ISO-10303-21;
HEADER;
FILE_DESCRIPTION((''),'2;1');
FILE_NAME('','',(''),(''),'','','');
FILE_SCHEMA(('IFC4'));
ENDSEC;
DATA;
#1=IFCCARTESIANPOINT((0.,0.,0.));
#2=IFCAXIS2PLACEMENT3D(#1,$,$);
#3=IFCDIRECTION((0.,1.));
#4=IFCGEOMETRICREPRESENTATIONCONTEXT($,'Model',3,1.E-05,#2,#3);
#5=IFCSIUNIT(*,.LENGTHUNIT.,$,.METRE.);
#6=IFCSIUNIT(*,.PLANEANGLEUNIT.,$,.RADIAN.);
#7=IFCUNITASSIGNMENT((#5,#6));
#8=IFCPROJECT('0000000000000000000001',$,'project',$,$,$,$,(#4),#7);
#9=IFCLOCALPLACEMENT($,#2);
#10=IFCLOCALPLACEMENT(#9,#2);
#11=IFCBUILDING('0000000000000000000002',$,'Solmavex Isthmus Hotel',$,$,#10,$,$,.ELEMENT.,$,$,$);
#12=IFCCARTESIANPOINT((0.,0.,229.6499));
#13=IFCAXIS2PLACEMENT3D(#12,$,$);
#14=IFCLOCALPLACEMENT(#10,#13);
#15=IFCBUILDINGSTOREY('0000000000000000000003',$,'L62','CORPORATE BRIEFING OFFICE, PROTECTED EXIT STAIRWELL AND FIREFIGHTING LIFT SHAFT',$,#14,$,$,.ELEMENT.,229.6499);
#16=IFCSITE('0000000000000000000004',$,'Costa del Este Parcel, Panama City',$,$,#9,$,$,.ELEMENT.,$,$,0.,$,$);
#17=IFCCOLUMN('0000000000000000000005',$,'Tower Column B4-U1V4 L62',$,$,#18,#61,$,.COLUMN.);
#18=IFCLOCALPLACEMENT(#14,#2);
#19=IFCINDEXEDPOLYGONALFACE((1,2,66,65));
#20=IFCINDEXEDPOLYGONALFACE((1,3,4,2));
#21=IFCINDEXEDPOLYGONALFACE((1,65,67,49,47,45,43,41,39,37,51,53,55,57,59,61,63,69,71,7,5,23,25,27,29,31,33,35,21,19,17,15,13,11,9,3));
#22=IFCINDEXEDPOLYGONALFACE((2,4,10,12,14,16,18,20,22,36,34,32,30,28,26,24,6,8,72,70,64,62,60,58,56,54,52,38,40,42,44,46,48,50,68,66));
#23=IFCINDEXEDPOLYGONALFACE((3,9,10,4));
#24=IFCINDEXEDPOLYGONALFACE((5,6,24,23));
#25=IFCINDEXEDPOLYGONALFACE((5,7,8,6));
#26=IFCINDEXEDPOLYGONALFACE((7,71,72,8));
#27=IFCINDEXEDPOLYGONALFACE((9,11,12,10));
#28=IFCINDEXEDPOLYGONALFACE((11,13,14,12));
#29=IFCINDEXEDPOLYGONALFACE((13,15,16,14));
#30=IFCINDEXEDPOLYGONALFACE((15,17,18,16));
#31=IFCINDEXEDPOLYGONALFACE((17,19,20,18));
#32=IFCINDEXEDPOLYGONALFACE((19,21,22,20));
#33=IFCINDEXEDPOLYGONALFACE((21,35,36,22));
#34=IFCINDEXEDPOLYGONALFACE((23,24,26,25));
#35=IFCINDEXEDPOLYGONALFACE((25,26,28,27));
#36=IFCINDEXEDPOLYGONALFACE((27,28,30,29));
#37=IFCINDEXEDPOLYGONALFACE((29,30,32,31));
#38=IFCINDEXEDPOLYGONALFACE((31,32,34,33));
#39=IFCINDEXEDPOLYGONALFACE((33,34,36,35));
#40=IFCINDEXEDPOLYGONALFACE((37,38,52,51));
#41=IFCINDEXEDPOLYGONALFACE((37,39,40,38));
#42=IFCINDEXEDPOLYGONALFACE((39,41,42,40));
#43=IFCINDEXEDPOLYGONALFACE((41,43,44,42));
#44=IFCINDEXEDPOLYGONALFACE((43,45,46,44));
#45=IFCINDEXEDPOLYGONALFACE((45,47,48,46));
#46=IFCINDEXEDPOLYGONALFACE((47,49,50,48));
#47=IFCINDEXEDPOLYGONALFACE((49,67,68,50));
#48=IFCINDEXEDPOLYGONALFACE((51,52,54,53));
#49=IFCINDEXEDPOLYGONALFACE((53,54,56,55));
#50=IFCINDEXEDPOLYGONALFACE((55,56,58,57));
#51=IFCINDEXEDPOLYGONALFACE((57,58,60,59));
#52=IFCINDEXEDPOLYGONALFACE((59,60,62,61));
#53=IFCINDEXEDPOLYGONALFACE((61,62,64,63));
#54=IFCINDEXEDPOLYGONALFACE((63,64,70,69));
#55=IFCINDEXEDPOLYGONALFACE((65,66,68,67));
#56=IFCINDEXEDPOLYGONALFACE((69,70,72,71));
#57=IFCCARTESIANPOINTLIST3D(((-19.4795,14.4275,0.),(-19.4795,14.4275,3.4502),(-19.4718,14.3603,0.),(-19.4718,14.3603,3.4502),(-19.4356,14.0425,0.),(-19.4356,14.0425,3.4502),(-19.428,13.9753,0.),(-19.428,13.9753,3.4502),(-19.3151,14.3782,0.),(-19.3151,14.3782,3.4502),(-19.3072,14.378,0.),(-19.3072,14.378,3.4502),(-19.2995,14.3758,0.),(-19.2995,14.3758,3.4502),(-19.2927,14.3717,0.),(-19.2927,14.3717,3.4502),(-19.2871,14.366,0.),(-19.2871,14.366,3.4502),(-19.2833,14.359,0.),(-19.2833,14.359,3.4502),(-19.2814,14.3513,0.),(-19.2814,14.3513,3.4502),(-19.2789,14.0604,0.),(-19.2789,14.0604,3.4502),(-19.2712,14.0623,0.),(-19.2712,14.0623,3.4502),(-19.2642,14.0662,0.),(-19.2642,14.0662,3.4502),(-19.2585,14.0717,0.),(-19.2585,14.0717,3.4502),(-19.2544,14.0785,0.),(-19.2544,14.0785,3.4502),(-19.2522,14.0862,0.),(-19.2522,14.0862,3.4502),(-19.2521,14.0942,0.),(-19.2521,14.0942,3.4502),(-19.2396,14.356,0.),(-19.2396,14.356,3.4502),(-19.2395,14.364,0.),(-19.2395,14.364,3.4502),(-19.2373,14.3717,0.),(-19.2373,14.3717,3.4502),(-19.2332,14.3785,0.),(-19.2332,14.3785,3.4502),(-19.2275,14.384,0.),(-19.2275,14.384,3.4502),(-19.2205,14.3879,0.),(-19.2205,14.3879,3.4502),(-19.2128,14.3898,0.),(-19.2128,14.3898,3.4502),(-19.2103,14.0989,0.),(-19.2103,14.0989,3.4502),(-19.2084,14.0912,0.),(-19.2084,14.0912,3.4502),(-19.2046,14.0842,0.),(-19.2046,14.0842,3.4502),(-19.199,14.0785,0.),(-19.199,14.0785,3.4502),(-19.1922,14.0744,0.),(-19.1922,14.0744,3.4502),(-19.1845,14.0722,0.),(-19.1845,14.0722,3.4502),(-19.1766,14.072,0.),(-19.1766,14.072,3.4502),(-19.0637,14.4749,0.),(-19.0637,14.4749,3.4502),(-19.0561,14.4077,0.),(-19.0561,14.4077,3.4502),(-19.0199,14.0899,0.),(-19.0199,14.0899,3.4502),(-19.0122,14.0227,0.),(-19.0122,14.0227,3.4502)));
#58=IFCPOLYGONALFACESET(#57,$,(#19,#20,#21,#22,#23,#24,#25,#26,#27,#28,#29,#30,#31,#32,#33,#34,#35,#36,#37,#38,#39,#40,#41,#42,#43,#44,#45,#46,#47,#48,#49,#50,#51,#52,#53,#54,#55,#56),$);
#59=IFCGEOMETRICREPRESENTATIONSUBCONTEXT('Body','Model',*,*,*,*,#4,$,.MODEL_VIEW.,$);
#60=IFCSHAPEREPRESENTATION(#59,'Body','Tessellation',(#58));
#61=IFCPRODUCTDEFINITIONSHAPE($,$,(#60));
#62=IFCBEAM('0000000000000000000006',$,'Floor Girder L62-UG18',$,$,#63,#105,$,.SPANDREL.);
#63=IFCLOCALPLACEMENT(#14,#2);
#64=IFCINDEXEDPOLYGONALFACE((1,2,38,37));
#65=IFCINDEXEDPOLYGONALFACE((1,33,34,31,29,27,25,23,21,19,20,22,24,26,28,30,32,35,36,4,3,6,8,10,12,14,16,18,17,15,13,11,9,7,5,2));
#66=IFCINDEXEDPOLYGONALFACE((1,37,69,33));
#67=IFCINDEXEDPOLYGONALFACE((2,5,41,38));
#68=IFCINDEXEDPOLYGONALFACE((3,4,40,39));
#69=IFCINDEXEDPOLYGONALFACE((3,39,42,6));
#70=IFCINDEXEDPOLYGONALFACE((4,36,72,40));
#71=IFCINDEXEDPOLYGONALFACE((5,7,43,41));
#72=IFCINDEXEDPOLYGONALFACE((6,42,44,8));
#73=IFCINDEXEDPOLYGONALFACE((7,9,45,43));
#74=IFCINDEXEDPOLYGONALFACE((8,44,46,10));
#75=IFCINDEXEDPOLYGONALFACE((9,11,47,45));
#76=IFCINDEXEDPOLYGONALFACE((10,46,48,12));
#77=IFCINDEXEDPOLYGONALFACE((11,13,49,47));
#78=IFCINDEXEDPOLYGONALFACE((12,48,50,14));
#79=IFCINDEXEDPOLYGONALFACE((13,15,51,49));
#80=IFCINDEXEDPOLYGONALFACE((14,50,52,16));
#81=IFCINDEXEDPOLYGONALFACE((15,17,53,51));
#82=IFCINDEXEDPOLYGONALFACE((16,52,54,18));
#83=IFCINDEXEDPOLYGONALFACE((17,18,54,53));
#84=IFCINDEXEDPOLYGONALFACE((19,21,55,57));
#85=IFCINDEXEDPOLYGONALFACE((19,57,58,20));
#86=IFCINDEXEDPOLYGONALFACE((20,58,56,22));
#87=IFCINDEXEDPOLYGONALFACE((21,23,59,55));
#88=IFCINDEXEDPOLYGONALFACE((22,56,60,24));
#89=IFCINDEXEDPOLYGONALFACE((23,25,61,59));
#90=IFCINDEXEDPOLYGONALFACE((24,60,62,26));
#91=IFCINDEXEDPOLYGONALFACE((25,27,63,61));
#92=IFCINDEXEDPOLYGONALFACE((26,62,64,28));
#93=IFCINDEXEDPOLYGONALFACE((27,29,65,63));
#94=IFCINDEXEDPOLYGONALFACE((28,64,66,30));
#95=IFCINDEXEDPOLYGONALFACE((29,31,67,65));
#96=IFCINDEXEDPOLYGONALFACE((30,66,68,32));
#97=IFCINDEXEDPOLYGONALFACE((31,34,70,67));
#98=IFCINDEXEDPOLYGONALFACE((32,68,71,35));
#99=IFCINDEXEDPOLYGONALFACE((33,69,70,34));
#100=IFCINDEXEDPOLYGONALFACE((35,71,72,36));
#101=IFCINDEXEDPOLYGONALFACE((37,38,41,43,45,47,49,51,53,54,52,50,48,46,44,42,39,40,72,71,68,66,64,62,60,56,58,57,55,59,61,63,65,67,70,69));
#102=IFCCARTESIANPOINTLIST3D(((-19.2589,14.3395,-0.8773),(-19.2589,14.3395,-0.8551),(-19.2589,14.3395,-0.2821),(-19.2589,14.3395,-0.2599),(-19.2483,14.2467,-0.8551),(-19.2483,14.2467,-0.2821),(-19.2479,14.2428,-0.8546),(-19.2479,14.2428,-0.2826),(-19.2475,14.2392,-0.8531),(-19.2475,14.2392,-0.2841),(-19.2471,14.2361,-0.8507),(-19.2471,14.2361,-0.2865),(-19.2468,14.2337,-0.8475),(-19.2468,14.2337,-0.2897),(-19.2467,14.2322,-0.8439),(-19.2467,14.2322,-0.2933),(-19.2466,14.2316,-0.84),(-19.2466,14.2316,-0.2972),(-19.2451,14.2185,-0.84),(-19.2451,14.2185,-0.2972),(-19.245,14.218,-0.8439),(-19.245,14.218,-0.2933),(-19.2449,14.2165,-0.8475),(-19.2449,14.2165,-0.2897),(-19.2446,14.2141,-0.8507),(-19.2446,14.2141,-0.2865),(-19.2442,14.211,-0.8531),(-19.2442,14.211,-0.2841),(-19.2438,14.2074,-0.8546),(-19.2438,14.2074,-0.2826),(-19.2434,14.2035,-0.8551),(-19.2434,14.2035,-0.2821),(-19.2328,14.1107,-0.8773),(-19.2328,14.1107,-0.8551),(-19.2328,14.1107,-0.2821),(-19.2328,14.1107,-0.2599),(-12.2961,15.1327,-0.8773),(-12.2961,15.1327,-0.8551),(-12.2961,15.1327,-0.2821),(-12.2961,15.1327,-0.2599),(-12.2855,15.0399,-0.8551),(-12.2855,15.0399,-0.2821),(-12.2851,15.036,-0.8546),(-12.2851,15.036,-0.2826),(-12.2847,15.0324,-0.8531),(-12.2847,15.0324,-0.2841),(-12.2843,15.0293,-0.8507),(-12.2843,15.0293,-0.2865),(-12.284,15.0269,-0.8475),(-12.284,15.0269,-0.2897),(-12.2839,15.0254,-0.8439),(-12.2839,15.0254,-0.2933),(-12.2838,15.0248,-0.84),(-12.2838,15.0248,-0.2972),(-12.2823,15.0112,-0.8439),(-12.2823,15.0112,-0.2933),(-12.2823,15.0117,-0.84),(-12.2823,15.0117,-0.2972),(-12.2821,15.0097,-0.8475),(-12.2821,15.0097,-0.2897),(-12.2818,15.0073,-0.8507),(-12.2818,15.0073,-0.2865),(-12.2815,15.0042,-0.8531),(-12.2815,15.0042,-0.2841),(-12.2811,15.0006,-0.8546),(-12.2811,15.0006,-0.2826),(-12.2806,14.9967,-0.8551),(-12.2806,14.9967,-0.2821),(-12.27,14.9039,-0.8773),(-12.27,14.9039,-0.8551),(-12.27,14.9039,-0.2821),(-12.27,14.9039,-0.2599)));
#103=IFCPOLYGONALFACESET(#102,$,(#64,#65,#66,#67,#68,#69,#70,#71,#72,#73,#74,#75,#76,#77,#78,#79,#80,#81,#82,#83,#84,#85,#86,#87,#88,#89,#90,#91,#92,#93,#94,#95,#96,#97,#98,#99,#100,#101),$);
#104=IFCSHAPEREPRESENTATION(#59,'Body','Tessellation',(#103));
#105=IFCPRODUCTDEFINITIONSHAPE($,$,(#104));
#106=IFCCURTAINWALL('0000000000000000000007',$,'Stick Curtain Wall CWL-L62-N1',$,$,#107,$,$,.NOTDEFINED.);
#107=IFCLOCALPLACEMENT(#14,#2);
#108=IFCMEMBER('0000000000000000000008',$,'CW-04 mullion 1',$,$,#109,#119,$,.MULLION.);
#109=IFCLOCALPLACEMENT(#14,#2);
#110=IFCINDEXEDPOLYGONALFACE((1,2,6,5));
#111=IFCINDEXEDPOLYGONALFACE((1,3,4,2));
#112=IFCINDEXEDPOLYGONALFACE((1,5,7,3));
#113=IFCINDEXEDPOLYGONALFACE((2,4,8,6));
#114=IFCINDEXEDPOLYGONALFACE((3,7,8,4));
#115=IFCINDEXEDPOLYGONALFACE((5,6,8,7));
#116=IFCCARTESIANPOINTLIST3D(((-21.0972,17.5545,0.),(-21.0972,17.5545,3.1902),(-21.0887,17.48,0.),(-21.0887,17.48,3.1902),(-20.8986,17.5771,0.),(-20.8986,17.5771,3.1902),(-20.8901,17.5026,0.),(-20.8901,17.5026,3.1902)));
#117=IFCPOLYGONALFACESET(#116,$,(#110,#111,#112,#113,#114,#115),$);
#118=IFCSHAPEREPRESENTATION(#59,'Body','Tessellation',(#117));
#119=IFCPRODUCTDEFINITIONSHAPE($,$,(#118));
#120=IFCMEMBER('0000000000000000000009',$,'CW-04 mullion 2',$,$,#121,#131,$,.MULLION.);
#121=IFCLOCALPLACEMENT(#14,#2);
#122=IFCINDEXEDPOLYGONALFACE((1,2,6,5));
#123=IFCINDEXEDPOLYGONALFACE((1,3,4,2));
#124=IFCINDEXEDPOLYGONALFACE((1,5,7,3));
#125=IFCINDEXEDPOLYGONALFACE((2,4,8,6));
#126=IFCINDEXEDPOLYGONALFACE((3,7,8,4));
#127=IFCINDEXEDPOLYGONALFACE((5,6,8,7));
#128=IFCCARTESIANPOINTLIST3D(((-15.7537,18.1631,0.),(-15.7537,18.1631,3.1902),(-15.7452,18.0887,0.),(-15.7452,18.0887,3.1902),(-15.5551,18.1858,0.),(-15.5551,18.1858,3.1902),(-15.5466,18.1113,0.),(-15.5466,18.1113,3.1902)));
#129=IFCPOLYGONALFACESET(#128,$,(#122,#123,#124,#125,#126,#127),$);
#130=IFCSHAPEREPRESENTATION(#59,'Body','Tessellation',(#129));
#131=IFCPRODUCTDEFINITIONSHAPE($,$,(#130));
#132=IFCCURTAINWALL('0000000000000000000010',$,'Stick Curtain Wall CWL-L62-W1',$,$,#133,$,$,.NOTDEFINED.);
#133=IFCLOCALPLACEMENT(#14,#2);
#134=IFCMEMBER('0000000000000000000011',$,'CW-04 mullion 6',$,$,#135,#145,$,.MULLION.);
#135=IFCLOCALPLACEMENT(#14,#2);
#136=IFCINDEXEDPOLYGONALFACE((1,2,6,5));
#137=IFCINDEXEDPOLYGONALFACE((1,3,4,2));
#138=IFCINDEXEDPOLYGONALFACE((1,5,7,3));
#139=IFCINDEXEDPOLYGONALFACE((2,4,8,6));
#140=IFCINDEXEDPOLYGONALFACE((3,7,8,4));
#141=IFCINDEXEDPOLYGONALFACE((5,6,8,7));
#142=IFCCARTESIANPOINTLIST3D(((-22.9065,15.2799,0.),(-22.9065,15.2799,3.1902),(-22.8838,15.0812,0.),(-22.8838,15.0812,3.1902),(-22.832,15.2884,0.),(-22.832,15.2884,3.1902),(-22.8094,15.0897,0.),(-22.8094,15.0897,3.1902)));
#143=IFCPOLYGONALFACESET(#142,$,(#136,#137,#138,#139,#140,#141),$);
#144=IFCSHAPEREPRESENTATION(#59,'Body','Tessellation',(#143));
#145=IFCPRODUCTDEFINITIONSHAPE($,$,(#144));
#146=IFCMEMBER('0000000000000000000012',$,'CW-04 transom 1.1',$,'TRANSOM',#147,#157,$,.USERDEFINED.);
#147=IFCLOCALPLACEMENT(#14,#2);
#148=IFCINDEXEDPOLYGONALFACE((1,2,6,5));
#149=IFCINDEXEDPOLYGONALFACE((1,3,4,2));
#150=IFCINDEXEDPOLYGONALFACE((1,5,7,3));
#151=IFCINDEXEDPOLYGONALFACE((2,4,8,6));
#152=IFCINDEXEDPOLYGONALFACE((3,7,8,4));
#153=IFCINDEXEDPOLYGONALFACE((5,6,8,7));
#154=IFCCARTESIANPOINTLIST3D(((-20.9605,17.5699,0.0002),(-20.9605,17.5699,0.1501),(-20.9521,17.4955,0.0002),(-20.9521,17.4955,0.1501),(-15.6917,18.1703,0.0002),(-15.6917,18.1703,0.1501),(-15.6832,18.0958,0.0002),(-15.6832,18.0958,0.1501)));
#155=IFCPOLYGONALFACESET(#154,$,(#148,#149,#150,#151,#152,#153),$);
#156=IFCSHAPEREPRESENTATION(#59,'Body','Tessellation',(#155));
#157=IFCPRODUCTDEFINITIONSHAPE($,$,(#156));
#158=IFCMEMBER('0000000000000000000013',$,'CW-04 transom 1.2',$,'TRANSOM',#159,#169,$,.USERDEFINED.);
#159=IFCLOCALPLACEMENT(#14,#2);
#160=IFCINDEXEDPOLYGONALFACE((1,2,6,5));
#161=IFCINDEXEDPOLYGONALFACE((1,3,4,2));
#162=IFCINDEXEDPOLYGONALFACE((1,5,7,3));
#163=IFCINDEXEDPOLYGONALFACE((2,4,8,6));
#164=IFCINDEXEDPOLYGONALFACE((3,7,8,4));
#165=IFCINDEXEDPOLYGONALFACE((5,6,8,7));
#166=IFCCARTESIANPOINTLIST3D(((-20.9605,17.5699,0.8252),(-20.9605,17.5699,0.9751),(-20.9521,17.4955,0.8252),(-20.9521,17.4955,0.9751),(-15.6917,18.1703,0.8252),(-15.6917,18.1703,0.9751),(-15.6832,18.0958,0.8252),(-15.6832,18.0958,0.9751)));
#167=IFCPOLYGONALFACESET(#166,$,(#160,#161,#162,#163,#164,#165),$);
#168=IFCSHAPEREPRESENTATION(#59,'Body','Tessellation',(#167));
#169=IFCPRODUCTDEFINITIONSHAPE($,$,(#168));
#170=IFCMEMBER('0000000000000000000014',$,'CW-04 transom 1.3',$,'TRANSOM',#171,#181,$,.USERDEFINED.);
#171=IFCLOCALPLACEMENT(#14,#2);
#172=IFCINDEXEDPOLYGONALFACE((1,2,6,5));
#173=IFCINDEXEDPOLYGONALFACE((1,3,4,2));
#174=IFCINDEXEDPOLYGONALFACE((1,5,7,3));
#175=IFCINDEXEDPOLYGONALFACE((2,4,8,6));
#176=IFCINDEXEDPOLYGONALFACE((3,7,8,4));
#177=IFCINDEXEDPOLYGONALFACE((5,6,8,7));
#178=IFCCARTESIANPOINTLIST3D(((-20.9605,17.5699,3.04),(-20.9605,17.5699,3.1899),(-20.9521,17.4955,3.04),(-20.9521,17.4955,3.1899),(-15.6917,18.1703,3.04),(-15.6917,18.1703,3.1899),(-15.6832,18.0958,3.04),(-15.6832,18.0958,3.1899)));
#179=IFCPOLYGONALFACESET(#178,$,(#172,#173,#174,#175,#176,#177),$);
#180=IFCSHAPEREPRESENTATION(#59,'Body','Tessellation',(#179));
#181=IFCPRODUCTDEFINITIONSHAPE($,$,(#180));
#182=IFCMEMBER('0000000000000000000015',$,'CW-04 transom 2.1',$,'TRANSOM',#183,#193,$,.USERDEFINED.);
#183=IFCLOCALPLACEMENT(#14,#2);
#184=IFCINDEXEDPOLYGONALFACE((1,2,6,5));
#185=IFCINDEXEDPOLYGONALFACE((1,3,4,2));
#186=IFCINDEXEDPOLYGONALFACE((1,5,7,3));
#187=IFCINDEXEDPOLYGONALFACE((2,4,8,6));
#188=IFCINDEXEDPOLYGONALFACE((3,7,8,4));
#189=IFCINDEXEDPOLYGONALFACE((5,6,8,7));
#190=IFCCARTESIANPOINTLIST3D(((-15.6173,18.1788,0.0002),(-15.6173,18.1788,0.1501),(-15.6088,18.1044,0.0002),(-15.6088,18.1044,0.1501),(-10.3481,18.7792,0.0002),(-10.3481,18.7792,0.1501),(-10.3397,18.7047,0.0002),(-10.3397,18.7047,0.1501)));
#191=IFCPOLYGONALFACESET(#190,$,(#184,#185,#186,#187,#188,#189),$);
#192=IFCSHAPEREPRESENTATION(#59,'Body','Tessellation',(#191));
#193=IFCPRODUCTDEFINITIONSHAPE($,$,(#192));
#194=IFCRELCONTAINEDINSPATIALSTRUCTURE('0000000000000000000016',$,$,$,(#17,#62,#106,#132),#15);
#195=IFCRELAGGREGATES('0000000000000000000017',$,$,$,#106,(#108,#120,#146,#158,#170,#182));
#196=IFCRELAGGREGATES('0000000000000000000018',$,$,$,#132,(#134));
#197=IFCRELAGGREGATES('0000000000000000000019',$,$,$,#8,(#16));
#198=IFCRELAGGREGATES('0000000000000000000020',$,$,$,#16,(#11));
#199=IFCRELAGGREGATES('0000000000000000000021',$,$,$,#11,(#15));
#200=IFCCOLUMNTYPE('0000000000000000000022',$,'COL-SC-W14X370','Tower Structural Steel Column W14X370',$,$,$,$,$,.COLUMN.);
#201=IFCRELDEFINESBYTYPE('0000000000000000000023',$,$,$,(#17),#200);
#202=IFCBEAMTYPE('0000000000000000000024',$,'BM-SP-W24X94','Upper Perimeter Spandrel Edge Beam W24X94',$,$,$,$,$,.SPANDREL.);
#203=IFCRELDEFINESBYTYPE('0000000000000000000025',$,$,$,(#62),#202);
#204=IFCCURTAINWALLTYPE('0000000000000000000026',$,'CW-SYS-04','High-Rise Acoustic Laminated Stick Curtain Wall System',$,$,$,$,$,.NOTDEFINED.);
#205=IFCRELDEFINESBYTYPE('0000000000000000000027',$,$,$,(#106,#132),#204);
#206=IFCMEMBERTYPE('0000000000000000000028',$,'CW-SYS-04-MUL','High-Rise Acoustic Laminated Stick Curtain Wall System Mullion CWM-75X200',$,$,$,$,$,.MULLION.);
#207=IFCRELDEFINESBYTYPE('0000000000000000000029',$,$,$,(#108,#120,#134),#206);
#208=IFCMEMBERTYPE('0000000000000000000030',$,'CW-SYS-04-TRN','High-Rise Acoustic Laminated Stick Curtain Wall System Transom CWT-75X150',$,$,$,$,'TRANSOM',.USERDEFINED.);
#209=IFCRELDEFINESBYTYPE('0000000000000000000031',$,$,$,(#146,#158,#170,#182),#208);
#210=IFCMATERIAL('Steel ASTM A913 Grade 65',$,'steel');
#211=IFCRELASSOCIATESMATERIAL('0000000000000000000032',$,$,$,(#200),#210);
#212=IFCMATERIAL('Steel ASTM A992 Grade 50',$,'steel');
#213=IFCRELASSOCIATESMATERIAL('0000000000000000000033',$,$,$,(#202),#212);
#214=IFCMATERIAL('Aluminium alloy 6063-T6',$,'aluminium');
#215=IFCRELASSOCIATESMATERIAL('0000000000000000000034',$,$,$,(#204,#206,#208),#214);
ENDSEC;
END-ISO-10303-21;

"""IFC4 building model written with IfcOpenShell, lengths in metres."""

from ifc_helpers import new_model, si_unit, direction, frame, origin, origin_2d, place, context, subcontext, project, spatial, rectangle, i_section, extrude, material, material_profile, profile_set, type_object, element, aggregate, save


model = new_model("IFC4")

# Units and contexts
model_context = context("Model", 3, precision=1e-05, world=origin(), true_north=direction((0.0, 1.0)))
body_context = subcontext(model_context, "Body", "Model", "MODEL_VIEW")
ifc_project = project(units=[si_unit("LENGTHUNIT", "METRE"), si_unit("PLANEANGLEUNIT", "RADIAN")], contexts=[model_context])

# Site, building, storey
site_placement = place(None, origin())
site = spatial("IfcSite", under=ifc_project, at=site_placement, Name="Costa del Este Parcel, Panama City", CompositionType="ELEMENT", RefElevation=0.0)
building_placement = place(site_placement, origin())
building = spatial("IfcBuilding", under=site, at=building_placement, Name="Solmavex Isthmus Hotel", CompositionType="ELEMENT")
storey_placement = place(building_placement, frame((0.0, 0.0, 229.6499)))
storey = spatial("IfcBuildingStorey", under=building, at=storey_placement, Name="L62", Description="CORPORATE BRIEFING OFFICE, PROTECTED EXIT STAIRWELL AND FIREFIGHTING LIFT SHAFT", CompositionType="ELEMENT", Elevation=229.6499)

# Column
ifc_material_1 = material(Name="Steel ASTM A913 Grade 65", Category="steel")
ifc_material_profile_1 = material_profile(ifc_material_1, i_section(OverallWidth=0.4185, OverallDepth=0.4551, WebThickness=0.042, FlangeThickness=0.0676, FilletRadius=0.0305, at=origin_2d()), Name="W14X370")
ifc_profile_set_1 = profile_set([ifc_material_profile_1], Name="Steel ASTM A913 Grade 65")
column_type = type_object("IfcColumnType", Name="COL-SC-W14X370", Description="Tower Structural Steel Column W14X370", PredefinedType="COLUMN", material=ifc_profile_set_1)
column_placement = place(storey_placement, frame((-19.2458, 14.2251, 0.0), z_axis=(0.0, 0.0, 1.0), x_axis=(0.993572, 0.113203, 0.0)))
element("IfcColumn", 1, at=column_placement, inside=storey, type_object=column_type, Name="Tower Column B4-U1V4 L62", PredefinedType="COLUMN", context=body_context, shape_type="SweptSolid", body=[
    extrude(i_section(OverallWidth=0.4185, OverallDepth=0.4551, WebThickness=0.042, FlangeThickness=0.0676, FilletRadius=0.0305, at=origin_2d()), origin(), (0.0, 0.0, 1.0), 3.4502),
])

# Beam
ifc_material_2 = material(Name="Steel ASTM A992 Grade 50", Category="steel")
ifc_material_profile_2 = material_profile(ifc_material_2, i_section(OverallWidth=0.2302, OverallDepth=0.6174, WebThickness=0.0132, FlangeThickness=0.0222, FilletRadius=0.0151, at=origin_2d()), Name="W24X94")
ifc_profile_set_2 = profile_set([ifc_material_profile_2], Name="Steel ASTM A992 Grade 50")
beam_type = type_object("IfcBeamType", Name="BM-SP-W24X94", Description="Upper Perimeter Spandrel Edge Beam W24X94", PredefinedType="SPANDREL", material=ifc_profile_set_2)
beam_placement = place(storey_placement, frame((-19.2458, 14.2251, -0.5686), z_axis=(0.993574, 0.113188, 0.0), x_axis=(-0.113188, 0.993574, 0.0)))
element("IfcBeam", 2, at=beam_placement, inside=storey, type_object=beam_type, Name="Floor Girder L62-UG18", PredefinedType="SPANDREL", context=body_context, shape_type="SweptSolid", body=[
    extrude(i_section(OverallWidth=0.2302, OverallDepth=0.6174, WebThickness=0.0132, FlangeThickness=0.0222, FilletRadius=0.0151, at=origin_2d()), origin(), (0.0, 0.0, 1.0), 7.0078),
])

# Curtain wall, members
ifc_material_3 = material(Name="Aluminium alloy 6063-T6", Category="aluminium")
curtain_wall_type = type_object("IfcCurtainWallType", Name="CW-SYS-04", Description="High-Rise Acoustic Laminated Stick Curtain Wall System", PredefinedType="NOTDEFINED", material=ifc_material_3)
curtain_wall_1_placement = place(storey_placement, origin())
curtain_wall_1 = element("IfcCurtainWall", 3, at=curtain_wall_1_placement, inside=storey, type_object=curtain_wall_type, Name="Stick Curtain Wall CWL-L62-N1", PredefinedType="NOTDEFINED")
ifc_material_profile_3 = material_profile(ifc_material_3, rectangle(XDim=0.075, YDim=0.2, at=origin_2d()), Name="CWM-75X200")
ifc_profile_set_3 = profile_set([ifc_material_profile_3], Name="Aluminium alloy 6063-T6")
member_type_1 = type_object("IfcMemberType", Name="CW-SYS-04-MUL", Description="High-Rise Acoustic Laminated Stick Curtain Wall System Mullion CWM-75X200", PredefinedType="MULLION", material=ifc_profile_set_3)
member_1_placement = place(storey_placement, frame((-20.9937, 17.5286, 0.0), z_axis=(0.0, 0.0, 1.0), x_axis=(-0.113203, 0.993572, 0.0)))
member_1 = element("IfcMember", 4, at=member_1_placement, type_object=member_type_1, Name="CW-04 mullion 1", PredefinedType="MULLION", context=body_context, shape_type="SweptSolid", body=[
    extrude(rectangle(XDim=0.075, YDim=0.2, at=origin_2d()), origin(), (0.0, 0.0, 1.0), 3.1902),
])
member_2_placement = place(storey_placement, frame((-15.6501, 18.1372, 0.0), z_axis=(0.0, 0.0, 1.0), x_axis=(-0.113203, 0.993572, 0.0)))
member_2 = element("IfcMember", 5, at=member_2_placement, type_object=member_type_1, Name="CW-04 mullion 2", PredefinedType="MULLION", context=body_context, shape_type="SweptSolid", body=[
    extrude(rectangle(XDim=0.075, YDim=0.2, at=origin_2d()), origin(), (0.0, 0.0, 1.0), 3.1902),
])

# Curtain wall, member
curtain_wall_2_placement = place(storey_placement, origin())
curtain_wall_2 = element("IfcCurtainWall", 6, at=curtain_wall_2_placement, inside=storey, type_object=curtain_wall_type, Name="Stick Curtain Wall CWL-L62-W1", PredefinedType="NOTDEFINED")
member_3_placement = place(storey_placement, frame((-22.8579, 15.1848, 0.0), z_axis=(0.0, 0.0, 1.0), x_axis=(-0.993572, -0.113203, 0.0)))
member_3 = element("IfcMember", 7, at=member_3_placement, type_object=member_type_1, Name="CW-04 mullion 6", PredefinedType="MULLION", context=body_context, shape_type="SweptSolid", body=[
    extrude(rectangle(XDim=0.075, YDim=0.2, at=origin_2d()), origin(), (0.0, 0.0, 1.0), 3.1902),
])

# Members
ifc_material_profile_4 = material_profile(ifc_material_3, rectangle(XDim=0.075, YDim=0.1499, at=origin_2d()), Name="CWT-75X150")
ifc_profile_set_4 = profile_set([ifc_material_profile_4], Name="Aluminium alloy 6063-T6")
member_type_2 = type_object("IfcMemberType", Name="CW-SYS-04-TRN", Description="High-Rise Acoustic Laminated Stick Curtain Wall System Transom CWT-75X150", ElementType="TRANSOM", PredefinedType="USERDEFINED", material=ifc_profile_set_4)
member_4_placement = place(storey_placement, frame((-20.9563, 17.5327, 0.0752), z_axis=(0.993571, 0.11321, 0.0), x_axis=(-0.11321, 0.993571, 0.0)))
member_4 = element("IfcMember", 8, at=member_4_placement, type_object=member_type_2, Name="CW-04 transom 1.1", ObjectType="TRANSOM", PredefinedType="USERDEFINED", context=body_context, shape_type="SweptSolid", body=[
    extrude(rectangle(XDim=0.075, YDim=0.1499, at=origin_2d()), origin(), (0.0, 0.0, 1.0), 5.303),
])
member_5_placement = place(storey_placement, frame((-20.9563, 17.5327, 0.9001), z_axis=(0.993571, 0.11321, 0.0), x_axis=(-0.11321, 0.993571, 0.0)))
member_5 = element("IfcMember", 9, at=member_5_placement, type_object=member_type_2, Name="CW-04 transom 1.2", ObjectType="TRANSOM", PredefinedType="USERDEFINED", context=body_context, shape_type="SweptSolid", body=[
    extrude(rectangle(XDim=0.075, YDim=0.1499, at=origin_2d()), origin(), (0.0, 0.0, 1.0), 5.303),
])
member_6_placement = place(storey_placement, frame((-20.9563, 17.5327, 3.115), z_axis=(0.993571, 0.11321, 0.0), x_axis=(-0.11321, 0.993571, 0.0)))
member_6 = element("IfcMember", 10, at=member_6_placement, type_object=member_type_2, Name="CW-04 transom 1.3", ObjectType="TRANSOM", PredefinedType="USERDEFINED", context=body_context, shape_type="SweptSolid", body=[
    extrude(rectangle(XDim=0.075, YDim=0.1499, at=origin_2d()), origin(), (0.0, 0.0, 1.0), 5.303),
])
member_7_placement = place(storey_placement, frame((-15.613, 18.1416, 0.0752), z_axis=(0.993572, 0.113205, 0.0), x_axis=(-0.113205, 0.993572, 0.0)))
member_7 = element("IfcMember", 11, at=member_7_placement, type_object=member_type_2, Name="CW-04 transom 2.1", ObjectType="TRANSOM", PredefinedType="USERDEFINED", context=body_context, shape_type="SweptSolid", body=[
    extrude(rectangle(XDim=0.075, YDim=0.1499, at=origin_2d()), origin(), (0.0, 0.0, 1.0), 5.3032),
])

aggregate(curtain_wall_1, [member_1, member_2, member_4, member_5, member_6, member_7])
aggregate(curtain_wall_2, [member_3])

save(model, "model.ifc")
